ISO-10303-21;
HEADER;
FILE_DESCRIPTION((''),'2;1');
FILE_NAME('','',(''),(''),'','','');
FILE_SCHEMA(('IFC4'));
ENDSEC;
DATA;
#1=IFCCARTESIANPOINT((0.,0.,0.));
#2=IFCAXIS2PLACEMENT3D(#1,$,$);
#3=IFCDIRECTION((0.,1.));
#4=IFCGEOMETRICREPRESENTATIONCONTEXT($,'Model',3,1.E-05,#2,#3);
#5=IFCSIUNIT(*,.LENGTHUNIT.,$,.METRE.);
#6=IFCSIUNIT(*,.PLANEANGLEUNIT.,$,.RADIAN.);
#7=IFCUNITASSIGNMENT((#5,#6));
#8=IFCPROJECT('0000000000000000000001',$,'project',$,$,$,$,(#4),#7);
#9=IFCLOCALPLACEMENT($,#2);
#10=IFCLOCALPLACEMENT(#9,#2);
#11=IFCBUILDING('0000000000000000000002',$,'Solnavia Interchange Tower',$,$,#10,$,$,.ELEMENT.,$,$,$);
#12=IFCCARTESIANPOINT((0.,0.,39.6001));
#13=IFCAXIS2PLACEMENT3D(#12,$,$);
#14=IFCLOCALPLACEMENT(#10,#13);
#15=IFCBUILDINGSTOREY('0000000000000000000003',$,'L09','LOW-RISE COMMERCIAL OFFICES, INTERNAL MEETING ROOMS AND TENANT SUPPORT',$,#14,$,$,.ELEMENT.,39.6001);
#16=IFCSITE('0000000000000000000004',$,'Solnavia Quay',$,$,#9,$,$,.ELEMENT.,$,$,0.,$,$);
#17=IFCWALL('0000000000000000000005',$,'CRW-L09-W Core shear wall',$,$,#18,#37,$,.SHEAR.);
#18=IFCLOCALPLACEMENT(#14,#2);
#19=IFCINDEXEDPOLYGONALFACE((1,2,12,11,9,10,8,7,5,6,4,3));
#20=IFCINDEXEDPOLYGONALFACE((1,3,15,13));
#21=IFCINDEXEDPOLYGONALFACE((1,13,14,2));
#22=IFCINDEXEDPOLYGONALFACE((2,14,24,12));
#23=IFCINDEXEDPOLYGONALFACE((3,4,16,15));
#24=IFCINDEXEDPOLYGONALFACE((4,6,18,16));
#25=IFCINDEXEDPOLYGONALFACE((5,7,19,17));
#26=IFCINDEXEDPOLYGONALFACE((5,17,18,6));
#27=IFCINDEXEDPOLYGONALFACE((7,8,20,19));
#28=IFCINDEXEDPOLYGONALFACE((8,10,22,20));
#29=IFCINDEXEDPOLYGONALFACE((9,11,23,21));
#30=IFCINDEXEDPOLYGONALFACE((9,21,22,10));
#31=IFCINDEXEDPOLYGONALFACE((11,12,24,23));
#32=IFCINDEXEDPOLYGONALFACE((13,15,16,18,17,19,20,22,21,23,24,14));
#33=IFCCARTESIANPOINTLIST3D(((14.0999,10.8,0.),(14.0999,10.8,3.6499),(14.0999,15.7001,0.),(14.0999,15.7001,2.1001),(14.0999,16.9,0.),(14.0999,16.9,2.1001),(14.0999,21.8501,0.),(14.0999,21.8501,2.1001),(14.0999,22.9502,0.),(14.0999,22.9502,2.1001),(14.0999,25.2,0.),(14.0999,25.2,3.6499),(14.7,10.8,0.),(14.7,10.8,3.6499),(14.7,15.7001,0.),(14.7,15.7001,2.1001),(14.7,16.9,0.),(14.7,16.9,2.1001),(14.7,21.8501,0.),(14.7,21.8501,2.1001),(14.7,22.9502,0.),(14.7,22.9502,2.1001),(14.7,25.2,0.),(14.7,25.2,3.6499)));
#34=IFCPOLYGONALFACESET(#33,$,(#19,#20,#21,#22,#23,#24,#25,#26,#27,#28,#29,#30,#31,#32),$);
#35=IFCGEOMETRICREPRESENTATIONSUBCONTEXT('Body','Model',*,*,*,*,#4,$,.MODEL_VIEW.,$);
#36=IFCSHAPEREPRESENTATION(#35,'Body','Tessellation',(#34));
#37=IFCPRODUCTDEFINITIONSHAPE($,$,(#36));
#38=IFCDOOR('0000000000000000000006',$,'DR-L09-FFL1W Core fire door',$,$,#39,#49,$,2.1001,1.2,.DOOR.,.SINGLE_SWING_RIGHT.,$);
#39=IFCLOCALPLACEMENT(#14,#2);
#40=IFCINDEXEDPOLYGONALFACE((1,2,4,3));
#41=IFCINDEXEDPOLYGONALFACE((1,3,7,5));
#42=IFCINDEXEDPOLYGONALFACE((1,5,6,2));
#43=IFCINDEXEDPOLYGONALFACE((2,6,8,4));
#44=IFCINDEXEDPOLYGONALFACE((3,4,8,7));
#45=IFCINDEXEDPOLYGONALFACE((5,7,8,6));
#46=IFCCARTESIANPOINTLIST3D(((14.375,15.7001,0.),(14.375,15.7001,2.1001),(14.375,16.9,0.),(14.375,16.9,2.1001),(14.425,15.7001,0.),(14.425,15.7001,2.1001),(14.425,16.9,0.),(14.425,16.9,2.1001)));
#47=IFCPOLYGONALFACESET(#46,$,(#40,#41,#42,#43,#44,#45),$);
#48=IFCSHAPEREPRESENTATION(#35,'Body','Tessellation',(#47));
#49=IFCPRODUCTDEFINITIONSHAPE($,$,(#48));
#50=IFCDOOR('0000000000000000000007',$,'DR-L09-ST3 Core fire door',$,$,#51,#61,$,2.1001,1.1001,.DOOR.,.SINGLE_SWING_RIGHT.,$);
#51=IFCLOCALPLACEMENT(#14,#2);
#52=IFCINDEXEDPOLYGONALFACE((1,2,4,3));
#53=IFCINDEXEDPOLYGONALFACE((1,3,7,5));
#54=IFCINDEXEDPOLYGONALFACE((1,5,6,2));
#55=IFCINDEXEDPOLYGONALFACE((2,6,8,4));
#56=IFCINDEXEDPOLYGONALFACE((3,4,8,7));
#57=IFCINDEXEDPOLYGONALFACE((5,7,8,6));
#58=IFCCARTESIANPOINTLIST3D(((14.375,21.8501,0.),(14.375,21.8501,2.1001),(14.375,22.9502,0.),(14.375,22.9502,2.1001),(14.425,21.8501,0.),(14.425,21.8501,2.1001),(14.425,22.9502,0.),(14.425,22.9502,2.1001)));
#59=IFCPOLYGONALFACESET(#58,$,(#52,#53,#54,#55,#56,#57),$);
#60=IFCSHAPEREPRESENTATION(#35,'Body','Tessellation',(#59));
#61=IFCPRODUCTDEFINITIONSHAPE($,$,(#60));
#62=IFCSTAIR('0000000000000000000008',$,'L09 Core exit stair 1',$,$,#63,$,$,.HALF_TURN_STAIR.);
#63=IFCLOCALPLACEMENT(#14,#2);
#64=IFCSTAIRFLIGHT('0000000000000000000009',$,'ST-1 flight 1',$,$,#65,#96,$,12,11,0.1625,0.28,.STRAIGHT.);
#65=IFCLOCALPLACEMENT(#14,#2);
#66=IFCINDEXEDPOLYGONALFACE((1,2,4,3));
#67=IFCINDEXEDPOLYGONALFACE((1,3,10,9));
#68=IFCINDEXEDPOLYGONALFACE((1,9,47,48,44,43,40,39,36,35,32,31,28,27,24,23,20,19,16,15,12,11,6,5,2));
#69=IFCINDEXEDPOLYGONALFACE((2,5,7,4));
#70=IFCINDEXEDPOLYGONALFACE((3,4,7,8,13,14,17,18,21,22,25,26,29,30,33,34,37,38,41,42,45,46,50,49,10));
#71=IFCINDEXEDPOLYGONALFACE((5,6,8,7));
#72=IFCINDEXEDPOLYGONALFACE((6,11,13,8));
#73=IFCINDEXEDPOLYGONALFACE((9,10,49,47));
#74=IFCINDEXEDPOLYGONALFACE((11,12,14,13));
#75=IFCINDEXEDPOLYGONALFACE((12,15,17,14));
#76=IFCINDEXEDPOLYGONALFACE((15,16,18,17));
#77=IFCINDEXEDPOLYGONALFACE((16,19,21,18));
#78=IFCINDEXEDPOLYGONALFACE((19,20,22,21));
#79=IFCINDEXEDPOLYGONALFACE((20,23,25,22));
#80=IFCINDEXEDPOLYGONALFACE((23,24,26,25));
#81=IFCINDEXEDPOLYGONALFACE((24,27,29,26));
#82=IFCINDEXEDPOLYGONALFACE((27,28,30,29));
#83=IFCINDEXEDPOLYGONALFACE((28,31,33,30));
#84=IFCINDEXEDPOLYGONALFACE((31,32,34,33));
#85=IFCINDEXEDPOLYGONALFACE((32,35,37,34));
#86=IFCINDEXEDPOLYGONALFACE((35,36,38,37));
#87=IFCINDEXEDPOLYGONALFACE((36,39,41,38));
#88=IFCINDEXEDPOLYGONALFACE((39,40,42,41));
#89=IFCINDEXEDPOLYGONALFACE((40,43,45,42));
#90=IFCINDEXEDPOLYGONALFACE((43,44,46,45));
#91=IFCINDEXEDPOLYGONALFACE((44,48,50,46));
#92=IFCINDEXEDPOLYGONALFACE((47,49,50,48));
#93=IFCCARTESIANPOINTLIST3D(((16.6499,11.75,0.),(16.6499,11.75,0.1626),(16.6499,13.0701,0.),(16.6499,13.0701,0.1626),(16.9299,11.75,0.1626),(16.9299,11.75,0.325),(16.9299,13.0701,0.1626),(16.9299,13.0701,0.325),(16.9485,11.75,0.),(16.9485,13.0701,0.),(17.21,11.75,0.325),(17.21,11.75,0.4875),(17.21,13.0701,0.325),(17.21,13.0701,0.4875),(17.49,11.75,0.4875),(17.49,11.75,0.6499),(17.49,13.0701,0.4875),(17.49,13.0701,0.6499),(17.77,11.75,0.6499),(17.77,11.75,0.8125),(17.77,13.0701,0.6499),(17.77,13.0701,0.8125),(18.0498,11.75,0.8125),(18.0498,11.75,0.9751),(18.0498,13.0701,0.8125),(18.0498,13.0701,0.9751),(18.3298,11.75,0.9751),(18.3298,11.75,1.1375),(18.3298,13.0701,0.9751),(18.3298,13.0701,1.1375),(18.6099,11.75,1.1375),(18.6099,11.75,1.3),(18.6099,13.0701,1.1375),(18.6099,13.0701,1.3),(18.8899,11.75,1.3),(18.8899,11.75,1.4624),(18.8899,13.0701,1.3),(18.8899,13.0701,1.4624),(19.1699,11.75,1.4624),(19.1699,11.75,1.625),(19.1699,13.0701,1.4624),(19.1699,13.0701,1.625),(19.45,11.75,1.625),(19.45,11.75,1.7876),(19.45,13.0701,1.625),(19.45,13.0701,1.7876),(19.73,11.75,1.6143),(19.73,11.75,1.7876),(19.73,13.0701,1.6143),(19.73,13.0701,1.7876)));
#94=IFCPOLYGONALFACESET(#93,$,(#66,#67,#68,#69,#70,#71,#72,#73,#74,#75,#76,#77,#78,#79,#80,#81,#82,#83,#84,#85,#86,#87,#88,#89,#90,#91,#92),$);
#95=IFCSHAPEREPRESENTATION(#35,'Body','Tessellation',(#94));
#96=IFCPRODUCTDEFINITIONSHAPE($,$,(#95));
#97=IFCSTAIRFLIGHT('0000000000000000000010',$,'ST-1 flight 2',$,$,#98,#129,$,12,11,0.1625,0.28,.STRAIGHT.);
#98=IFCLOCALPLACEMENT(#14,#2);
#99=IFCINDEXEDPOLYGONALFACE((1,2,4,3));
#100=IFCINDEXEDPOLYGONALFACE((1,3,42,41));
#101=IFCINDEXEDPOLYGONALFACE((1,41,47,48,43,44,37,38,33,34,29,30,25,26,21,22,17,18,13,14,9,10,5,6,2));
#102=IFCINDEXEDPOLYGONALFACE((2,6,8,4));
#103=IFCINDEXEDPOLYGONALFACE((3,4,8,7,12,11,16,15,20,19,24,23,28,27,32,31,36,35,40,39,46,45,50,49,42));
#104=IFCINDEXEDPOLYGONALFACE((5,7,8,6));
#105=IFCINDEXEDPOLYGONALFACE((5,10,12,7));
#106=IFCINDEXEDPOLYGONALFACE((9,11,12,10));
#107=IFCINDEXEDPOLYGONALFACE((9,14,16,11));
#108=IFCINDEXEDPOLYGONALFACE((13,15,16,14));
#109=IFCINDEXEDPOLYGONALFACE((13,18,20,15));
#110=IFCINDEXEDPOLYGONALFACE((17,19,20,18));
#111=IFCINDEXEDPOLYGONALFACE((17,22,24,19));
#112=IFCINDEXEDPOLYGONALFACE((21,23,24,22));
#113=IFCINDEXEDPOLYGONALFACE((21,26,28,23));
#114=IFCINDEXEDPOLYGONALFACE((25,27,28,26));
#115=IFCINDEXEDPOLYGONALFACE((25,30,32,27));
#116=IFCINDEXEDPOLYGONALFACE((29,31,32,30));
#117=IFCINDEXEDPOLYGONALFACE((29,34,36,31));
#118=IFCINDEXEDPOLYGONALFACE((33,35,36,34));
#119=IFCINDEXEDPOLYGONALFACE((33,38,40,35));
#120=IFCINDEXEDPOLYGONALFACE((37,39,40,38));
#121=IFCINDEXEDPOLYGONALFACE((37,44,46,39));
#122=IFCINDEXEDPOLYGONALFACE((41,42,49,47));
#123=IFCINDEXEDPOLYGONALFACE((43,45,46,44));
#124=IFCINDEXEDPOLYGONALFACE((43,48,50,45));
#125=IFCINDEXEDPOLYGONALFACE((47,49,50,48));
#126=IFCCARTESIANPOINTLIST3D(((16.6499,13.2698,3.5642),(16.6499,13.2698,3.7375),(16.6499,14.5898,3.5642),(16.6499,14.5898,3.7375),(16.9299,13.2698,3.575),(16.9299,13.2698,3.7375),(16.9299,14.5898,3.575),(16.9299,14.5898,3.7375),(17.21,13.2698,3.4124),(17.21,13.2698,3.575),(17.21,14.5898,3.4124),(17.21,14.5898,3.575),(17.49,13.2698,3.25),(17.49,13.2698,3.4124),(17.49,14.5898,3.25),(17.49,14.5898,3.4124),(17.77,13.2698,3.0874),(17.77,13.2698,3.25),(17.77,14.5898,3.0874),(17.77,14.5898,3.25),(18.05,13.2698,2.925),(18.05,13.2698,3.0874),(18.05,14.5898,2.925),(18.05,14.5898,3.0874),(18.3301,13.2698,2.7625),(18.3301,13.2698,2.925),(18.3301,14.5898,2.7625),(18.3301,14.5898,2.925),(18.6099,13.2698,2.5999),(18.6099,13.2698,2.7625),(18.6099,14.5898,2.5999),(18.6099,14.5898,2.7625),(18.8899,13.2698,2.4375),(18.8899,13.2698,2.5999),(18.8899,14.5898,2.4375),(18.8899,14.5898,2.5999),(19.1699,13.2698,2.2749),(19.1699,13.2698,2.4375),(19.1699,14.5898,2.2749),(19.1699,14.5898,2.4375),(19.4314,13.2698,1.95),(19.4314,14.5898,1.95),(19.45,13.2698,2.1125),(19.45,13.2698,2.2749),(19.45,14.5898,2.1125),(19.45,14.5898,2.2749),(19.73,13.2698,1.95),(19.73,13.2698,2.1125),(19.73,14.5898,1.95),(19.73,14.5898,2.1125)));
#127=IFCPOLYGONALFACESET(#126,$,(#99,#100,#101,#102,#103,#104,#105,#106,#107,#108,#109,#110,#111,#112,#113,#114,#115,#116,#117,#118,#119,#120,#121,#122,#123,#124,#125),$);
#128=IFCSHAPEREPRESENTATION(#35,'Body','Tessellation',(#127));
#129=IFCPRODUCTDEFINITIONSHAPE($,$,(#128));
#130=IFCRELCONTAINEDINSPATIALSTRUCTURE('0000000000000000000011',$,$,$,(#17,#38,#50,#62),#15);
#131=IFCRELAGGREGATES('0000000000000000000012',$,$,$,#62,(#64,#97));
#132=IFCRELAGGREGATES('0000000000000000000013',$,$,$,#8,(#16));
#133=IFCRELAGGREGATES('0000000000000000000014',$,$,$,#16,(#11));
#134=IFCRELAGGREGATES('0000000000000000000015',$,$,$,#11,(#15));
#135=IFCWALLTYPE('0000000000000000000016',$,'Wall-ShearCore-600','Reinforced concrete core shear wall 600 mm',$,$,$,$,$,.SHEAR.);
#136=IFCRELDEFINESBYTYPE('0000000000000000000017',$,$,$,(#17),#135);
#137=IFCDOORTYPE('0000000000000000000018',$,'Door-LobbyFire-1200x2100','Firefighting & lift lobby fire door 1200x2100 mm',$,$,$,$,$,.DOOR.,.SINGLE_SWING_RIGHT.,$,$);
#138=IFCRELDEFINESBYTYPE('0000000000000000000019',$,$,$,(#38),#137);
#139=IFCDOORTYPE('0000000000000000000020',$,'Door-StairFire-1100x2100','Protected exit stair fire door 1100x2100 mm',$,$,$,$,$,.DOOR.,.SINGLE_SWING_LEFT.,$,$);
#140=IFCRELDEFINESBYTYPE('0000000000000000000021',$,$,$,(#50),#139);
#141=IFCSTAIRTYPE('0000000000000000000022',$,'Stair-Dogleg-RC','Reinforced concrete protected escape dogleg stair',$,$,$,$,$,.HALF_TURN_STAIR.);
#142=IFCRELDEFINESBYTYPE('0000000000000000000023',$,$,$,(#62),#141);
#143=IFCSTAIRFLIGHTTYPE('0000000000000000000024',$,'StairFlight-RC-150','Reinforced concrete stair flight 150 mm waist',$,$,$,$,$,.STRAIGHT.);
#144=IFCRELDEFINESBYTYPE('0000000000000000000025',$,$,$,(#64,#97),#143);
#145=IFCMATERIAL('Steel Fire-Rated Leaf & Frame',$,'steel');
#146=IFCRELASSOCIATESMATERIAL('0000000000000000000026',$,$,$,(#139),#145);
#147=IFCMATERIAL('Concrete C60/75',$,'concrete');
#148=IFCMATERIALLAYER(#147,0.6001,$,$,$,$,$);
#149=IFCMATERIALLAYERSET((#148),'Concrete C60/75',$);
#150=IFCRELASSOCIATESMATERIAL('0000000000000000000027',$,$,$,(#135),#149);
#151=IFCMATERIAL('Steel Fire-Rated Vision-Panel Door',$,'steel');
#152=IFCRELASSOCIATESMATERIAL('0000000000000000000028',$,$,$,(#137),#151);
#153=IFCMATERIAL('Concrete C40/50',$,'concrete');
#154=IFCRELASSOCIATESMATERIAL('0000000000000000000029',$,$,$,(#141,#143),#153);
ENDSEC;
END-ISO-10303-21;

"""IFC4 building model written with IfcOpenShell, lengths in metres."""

from ifc_helpers import new_model, si_unit, direction, frame, frame_2d, origin, place, context, subcontext, project, spatial, polyline, rectangle, outline, extrude, material, layer, layer_set, type_object, element, fill, aggregate, save


model = new_model("IFC4")

# Units and contexts
model_context = context("Model", 3, precision=1e-05, world=origin(), true_north=direction((0.0, 1.0)))
body_context = subcontext(model_context, "Body", "Model", "MODEL_VIEW")
ifc_project = project(units=[si_unit("LENGTHUNIT", "METRE"), si_unit("PLANEANGLEUNIT", "RADIAN")], contexts=[model_context])

# Site, building, storey
site_placement = place(None, origin())
site = spatial("IfcSite", under=ifc_project, at=site_placement, Name="Solnavia Quay", CompositionType="ELEMENT", RefElevation=0.0)
building_placement = place(site_placement, origin())
building = spatial("IfcBuilding", under=site, at=building_placement, Name="Solnavia Interchange Tower", CompositionType="ELEMENT")
storey_placement = place(building_placement, frame((0.0, 0.0, 39.6001)))
storey = spatial("IfcBuildingStorey", under=building, at=storey_placement, Name="L09", Description="LOW-RISE COMMERCIAL OFFICES, INTERNAL MEETING ROOMS AND TENANT SUPPORT", CompositionType="ELEMENT", Elevation=39.6001)

# Shared definitions
ifc_material_1 = material(Name="Concrete C40/50", Category="concrete")

# Shared definitions
ifc_material_2 = material(Name="Steel Fire-Rated Leaf & Frame", Category="steel")
door_type_1 = type_object("IfcDoorType", Name="Door-StairFire-1100x2100", Description="Protected exit stair fire door 1100x2100 mm", OperationType="SINGLE_SWING_LEFT", PredefinedType="DOOR", material=ifc_material_2)

# Shared definitions
ifc_material_3 = material(Name="Concrete C60/75", Category="concrete")
ifc_layer_1 = layer(ifc_material_3, 0.6001)
ifc_layer_set_1 = layer_set([ifc_layer_1], Name="Concrete C60/75")
wall_type_1 = type_object("IfcWallType", Name="Wall-ShearCore-600", Description="Reinforced concrete core shear wall 600 mm", PredefinedType="SHEAR", material=ifc_layer_set_1)

# Wall, openings, doors
wall_1_placement = place(storey_placement, frame((14.3999, 10.8, 0.0), z_axis=(0.0, 0.0, 1.0), x_axis=(0.0, 1.0, 0.0)))
wall_1 = element("IfcWall", 1, at=wall_1_placement, inside=storey, type_object=wall_type_1, Name="CRW-L09-W Core shear wall", PredefinedType="SHEAR", context=body_context, shape_type="SweptSolid", body=[
    extrude(rectangle(XDim=14.3999, YDim=0.6001, at=frame_2d((7.2, 0.0))), origin(), (0.0, 0.0, 1.0), 3.6499),
])
opening_1_placement = place(wall_1_placement, frame((11.05, 0.0, 0.0)))
opening_1 = element("IfcOpeningElement", 2, at=opening_1_placement, cuts=wall_1, PredefinedType="OPENING", context=body_context, shape_type="SweptSolid", body=[
    extrude(rectangle(XDim=1.1001, YDim=2.1001, at=frame_2d((0.55, 1.05))), frame((0.0, 0.3101, 0.0), z_axis=(0.0, -1.0, 0.0), x_axis=(1.0, 0.0, 0.0)), (0.0, 0.0, 1.0), 0.6201),
])
opening_2_placement = place(wall_1_placement, frame((4.8999, 0.0, 0.0)))
opening_2 = element("IfcOpeningElement", 3, at=opening_2_placement, cuts=wall_1, PredefinedType="OPENING", context=body_context, shape_type="SweptSolid", body=[
    extrude(rectangle(XDim=1.2, YDim=2.1001, at=frame_2d((0.6001, 1.05))), frame((0.0, 0.3101, 0.0), z_axis=(0.0, -1.0, 0.0), x_axis=(1.0, 0.0, 0.0)), (0.0, 0.0, 1.0), 0.6201),
])
ifc_material_4 = material(Name="Steel Fire-Rated Vision-Panel Door", Category="steel")
door_type_2 = type_object("IfcDoorType", Name="Door-LobbyFire-1200x2100", Description="Firefighting & lift lobby fire door 1200x2100 mm", OperationType="SINGLE_SWING_RIGHT", PredefinedType="DOOR", material=ifc_material_4)
door_1_placement = place(opening_2_placement, origin())
door_1 = element("IfcDoor", 4, at=door_1_placement, inside=storey, type_object=door_type_2, Name="DR-L09-FFL1W Core fire door", OperationType="SINGLE_SWING_RIGHT", OverallHeight=2.1001, OverallWidth=1.2, PredefinedType="DOOR", context=body_context, shape_type="SweptSolid", body=[
    extrude(rectangle(XDim=1.2, YDim=2.1001, at=frame_2d((0.6001, 1.05))), frame((0.0, 0.0249, 0.0), z_axis=(0.0, -1.0, 0.0), x_axis=(1.0, 0.0, 0.0)), (0.0, 0.0, 1.0), 0.05),
])
fill(opening_2, door_1)
door_2_placement = place(opening_1_placement, origin())
door_2 = element("IfcDoor", 5, at=door_2_placement, inside=storey, type_object=door_type_1, Name="DR-L09-ST3 Core fire door", OperationType="SINGLE_SWING_RIGHT", OverallHeight=2.1001, OverallWidth=1.1001, PredefinedType="DOOR", context=body_context, shape_type="SweptSolid", body=[
    extrude(rectangle(XDim=1.1001, YDim=2.1001, at=frame_2d((0.55, 1.05))), frame((0.0, 0.0249, 0.0), z_axis=(0.0, -1.0, 0.0), x_axis=(1.0, 0.0, 0.0)), (0.0, 0.0, 1.0), 0.05),
])
fill(opening_1, door_2)

# Stair, stair flights
stair_type = type_object("IfcStairType", Name="Stair-Dogleg-RC", Description="Reinforced concrete protected escape dogleg stair", PredefinedType="HALF_TURN_STAIR", material=ifc_material_1)
stair_placement = place(storey_placement, origin())
stair = element("IfcStair", 6, at=stair_placement, inside=storey, type_object=stair_type, Name="L09 Core exit stair 1", PredefinedType="HALF_TURN_STAIR")
stair_flight_type = type_object("IfcStairFlightType", Name="StairFlight-RC-150", Description="Reinforced concrete stair flight 150 mm waist", PredefinedType="STRAIGHT", material=ifc_material_1)
stair_flight_1_placement = place(storey_placement, frame((16.6499, 12.4099, 0.0), z_axis=(0.0, 0.0, 1.0), x_axis=(1.0, 0.0, 0.0)))
stair_flight_1 = element("IfcStairFlight", 7, at=stair_flight_1_placement, type_object=stair_flight_type, Name="ST-1 flight 1", NumberOfRisers=12, NumberOfTreads=11, PredefinedType="STRAIGHT", RiserHeight=0.1625, TreadLength=0.28, context=body_context, shape_type="SweptSolid", body=[
    extrude(outline(polyline([(0.0, 0.0), (0.0, 0.1626), (0.28, 0.1626), (0.28, 0.325), (0.5601, 0.325), (0.5601, 0.4875), (0.8401, 0.4875), (0.8401, 0.6499), (1.1201, 0.6499), (1.1201, 0.8125), (1.3999, 0.8125), (1.3999, 0.9751), (1.6799, 0.9751), (1.6799, 1.1375), (1.96, 1.1375), (1.96, 1.3), (2.24, 1.3), (2.24, 1.4624), (2.52, 1.4624), (2.52, 1.625), (2.8, 1.625), (2.8, 1.7876), (3.0801, 1.7876), (3.0801, 1.95), (3.0801, 1.6143), (0.2986, 0.0), (0.0, 0.0)])), frame((0.0, 0.6602, 0.0), z_axis=(0.0, -1.0, 0.0), x_axis=(1.0, 0.0, 0.0)), (0.0, 0.0, 1.0), 1.3201),
])
stair_flight_2_placement = place(storey_placement, frame((19.73, 13.9299, 1.95), z_axis=(0.0, 0.0, 1.0), x_axis=(-1.0, 0.0, 0.0)))
stair_flight_2 = element("IfcStairFlight", 8, at=stair_flight_2_placement, type_object=stair_flight_type, Name="ST-1 flight 2", NumberOfRisers=12, NumberOfTreads=11, PredefinedType="STRAIGHT", RiserHeight=0.1625, TreadLength=0.28, context=body_context, shape_type="SweptSolid", body=[
    extrude(outline(polyline([(0.0, 0.0), (0.0, 0.1626), (0.28, 0.1626), (0.28, 0.325), (0.5601, 0.325), (0.5601, 0.4875), (0.8401, 0.4875), (0.8401, 0.6499), (1.1201, 0.6499), (1.1201, 0.8125), (1.3999, 0.8125), (1.3999, 0.9751), (1.6799, 0.9751), (1.6799, 1.1375), (1.96, 1.1375), (1.96, 1.3), (2.24, 1.3), (2.24, 1.4624), (2.52, 1.4624), (2.52, 1.625), (2.8, 1.625), (2.8, 1.7876), (3.0801, 1.7876), (3.0801, 1.95), (3.0801, 1.6143), (0.2986, 0.0), (0.0, 0.0)])), frame((0.0, 0.6602, 0.0), z_axis=(0.0, -1.0, 0.0), x_axis=(1.0, 0.0, 0.0)), (0.0, 0.0, 1.0), 1.3201),
])
aggregate(stair, [stair_flight_1, stair_flight_2])

save(model, "model.ifc")
